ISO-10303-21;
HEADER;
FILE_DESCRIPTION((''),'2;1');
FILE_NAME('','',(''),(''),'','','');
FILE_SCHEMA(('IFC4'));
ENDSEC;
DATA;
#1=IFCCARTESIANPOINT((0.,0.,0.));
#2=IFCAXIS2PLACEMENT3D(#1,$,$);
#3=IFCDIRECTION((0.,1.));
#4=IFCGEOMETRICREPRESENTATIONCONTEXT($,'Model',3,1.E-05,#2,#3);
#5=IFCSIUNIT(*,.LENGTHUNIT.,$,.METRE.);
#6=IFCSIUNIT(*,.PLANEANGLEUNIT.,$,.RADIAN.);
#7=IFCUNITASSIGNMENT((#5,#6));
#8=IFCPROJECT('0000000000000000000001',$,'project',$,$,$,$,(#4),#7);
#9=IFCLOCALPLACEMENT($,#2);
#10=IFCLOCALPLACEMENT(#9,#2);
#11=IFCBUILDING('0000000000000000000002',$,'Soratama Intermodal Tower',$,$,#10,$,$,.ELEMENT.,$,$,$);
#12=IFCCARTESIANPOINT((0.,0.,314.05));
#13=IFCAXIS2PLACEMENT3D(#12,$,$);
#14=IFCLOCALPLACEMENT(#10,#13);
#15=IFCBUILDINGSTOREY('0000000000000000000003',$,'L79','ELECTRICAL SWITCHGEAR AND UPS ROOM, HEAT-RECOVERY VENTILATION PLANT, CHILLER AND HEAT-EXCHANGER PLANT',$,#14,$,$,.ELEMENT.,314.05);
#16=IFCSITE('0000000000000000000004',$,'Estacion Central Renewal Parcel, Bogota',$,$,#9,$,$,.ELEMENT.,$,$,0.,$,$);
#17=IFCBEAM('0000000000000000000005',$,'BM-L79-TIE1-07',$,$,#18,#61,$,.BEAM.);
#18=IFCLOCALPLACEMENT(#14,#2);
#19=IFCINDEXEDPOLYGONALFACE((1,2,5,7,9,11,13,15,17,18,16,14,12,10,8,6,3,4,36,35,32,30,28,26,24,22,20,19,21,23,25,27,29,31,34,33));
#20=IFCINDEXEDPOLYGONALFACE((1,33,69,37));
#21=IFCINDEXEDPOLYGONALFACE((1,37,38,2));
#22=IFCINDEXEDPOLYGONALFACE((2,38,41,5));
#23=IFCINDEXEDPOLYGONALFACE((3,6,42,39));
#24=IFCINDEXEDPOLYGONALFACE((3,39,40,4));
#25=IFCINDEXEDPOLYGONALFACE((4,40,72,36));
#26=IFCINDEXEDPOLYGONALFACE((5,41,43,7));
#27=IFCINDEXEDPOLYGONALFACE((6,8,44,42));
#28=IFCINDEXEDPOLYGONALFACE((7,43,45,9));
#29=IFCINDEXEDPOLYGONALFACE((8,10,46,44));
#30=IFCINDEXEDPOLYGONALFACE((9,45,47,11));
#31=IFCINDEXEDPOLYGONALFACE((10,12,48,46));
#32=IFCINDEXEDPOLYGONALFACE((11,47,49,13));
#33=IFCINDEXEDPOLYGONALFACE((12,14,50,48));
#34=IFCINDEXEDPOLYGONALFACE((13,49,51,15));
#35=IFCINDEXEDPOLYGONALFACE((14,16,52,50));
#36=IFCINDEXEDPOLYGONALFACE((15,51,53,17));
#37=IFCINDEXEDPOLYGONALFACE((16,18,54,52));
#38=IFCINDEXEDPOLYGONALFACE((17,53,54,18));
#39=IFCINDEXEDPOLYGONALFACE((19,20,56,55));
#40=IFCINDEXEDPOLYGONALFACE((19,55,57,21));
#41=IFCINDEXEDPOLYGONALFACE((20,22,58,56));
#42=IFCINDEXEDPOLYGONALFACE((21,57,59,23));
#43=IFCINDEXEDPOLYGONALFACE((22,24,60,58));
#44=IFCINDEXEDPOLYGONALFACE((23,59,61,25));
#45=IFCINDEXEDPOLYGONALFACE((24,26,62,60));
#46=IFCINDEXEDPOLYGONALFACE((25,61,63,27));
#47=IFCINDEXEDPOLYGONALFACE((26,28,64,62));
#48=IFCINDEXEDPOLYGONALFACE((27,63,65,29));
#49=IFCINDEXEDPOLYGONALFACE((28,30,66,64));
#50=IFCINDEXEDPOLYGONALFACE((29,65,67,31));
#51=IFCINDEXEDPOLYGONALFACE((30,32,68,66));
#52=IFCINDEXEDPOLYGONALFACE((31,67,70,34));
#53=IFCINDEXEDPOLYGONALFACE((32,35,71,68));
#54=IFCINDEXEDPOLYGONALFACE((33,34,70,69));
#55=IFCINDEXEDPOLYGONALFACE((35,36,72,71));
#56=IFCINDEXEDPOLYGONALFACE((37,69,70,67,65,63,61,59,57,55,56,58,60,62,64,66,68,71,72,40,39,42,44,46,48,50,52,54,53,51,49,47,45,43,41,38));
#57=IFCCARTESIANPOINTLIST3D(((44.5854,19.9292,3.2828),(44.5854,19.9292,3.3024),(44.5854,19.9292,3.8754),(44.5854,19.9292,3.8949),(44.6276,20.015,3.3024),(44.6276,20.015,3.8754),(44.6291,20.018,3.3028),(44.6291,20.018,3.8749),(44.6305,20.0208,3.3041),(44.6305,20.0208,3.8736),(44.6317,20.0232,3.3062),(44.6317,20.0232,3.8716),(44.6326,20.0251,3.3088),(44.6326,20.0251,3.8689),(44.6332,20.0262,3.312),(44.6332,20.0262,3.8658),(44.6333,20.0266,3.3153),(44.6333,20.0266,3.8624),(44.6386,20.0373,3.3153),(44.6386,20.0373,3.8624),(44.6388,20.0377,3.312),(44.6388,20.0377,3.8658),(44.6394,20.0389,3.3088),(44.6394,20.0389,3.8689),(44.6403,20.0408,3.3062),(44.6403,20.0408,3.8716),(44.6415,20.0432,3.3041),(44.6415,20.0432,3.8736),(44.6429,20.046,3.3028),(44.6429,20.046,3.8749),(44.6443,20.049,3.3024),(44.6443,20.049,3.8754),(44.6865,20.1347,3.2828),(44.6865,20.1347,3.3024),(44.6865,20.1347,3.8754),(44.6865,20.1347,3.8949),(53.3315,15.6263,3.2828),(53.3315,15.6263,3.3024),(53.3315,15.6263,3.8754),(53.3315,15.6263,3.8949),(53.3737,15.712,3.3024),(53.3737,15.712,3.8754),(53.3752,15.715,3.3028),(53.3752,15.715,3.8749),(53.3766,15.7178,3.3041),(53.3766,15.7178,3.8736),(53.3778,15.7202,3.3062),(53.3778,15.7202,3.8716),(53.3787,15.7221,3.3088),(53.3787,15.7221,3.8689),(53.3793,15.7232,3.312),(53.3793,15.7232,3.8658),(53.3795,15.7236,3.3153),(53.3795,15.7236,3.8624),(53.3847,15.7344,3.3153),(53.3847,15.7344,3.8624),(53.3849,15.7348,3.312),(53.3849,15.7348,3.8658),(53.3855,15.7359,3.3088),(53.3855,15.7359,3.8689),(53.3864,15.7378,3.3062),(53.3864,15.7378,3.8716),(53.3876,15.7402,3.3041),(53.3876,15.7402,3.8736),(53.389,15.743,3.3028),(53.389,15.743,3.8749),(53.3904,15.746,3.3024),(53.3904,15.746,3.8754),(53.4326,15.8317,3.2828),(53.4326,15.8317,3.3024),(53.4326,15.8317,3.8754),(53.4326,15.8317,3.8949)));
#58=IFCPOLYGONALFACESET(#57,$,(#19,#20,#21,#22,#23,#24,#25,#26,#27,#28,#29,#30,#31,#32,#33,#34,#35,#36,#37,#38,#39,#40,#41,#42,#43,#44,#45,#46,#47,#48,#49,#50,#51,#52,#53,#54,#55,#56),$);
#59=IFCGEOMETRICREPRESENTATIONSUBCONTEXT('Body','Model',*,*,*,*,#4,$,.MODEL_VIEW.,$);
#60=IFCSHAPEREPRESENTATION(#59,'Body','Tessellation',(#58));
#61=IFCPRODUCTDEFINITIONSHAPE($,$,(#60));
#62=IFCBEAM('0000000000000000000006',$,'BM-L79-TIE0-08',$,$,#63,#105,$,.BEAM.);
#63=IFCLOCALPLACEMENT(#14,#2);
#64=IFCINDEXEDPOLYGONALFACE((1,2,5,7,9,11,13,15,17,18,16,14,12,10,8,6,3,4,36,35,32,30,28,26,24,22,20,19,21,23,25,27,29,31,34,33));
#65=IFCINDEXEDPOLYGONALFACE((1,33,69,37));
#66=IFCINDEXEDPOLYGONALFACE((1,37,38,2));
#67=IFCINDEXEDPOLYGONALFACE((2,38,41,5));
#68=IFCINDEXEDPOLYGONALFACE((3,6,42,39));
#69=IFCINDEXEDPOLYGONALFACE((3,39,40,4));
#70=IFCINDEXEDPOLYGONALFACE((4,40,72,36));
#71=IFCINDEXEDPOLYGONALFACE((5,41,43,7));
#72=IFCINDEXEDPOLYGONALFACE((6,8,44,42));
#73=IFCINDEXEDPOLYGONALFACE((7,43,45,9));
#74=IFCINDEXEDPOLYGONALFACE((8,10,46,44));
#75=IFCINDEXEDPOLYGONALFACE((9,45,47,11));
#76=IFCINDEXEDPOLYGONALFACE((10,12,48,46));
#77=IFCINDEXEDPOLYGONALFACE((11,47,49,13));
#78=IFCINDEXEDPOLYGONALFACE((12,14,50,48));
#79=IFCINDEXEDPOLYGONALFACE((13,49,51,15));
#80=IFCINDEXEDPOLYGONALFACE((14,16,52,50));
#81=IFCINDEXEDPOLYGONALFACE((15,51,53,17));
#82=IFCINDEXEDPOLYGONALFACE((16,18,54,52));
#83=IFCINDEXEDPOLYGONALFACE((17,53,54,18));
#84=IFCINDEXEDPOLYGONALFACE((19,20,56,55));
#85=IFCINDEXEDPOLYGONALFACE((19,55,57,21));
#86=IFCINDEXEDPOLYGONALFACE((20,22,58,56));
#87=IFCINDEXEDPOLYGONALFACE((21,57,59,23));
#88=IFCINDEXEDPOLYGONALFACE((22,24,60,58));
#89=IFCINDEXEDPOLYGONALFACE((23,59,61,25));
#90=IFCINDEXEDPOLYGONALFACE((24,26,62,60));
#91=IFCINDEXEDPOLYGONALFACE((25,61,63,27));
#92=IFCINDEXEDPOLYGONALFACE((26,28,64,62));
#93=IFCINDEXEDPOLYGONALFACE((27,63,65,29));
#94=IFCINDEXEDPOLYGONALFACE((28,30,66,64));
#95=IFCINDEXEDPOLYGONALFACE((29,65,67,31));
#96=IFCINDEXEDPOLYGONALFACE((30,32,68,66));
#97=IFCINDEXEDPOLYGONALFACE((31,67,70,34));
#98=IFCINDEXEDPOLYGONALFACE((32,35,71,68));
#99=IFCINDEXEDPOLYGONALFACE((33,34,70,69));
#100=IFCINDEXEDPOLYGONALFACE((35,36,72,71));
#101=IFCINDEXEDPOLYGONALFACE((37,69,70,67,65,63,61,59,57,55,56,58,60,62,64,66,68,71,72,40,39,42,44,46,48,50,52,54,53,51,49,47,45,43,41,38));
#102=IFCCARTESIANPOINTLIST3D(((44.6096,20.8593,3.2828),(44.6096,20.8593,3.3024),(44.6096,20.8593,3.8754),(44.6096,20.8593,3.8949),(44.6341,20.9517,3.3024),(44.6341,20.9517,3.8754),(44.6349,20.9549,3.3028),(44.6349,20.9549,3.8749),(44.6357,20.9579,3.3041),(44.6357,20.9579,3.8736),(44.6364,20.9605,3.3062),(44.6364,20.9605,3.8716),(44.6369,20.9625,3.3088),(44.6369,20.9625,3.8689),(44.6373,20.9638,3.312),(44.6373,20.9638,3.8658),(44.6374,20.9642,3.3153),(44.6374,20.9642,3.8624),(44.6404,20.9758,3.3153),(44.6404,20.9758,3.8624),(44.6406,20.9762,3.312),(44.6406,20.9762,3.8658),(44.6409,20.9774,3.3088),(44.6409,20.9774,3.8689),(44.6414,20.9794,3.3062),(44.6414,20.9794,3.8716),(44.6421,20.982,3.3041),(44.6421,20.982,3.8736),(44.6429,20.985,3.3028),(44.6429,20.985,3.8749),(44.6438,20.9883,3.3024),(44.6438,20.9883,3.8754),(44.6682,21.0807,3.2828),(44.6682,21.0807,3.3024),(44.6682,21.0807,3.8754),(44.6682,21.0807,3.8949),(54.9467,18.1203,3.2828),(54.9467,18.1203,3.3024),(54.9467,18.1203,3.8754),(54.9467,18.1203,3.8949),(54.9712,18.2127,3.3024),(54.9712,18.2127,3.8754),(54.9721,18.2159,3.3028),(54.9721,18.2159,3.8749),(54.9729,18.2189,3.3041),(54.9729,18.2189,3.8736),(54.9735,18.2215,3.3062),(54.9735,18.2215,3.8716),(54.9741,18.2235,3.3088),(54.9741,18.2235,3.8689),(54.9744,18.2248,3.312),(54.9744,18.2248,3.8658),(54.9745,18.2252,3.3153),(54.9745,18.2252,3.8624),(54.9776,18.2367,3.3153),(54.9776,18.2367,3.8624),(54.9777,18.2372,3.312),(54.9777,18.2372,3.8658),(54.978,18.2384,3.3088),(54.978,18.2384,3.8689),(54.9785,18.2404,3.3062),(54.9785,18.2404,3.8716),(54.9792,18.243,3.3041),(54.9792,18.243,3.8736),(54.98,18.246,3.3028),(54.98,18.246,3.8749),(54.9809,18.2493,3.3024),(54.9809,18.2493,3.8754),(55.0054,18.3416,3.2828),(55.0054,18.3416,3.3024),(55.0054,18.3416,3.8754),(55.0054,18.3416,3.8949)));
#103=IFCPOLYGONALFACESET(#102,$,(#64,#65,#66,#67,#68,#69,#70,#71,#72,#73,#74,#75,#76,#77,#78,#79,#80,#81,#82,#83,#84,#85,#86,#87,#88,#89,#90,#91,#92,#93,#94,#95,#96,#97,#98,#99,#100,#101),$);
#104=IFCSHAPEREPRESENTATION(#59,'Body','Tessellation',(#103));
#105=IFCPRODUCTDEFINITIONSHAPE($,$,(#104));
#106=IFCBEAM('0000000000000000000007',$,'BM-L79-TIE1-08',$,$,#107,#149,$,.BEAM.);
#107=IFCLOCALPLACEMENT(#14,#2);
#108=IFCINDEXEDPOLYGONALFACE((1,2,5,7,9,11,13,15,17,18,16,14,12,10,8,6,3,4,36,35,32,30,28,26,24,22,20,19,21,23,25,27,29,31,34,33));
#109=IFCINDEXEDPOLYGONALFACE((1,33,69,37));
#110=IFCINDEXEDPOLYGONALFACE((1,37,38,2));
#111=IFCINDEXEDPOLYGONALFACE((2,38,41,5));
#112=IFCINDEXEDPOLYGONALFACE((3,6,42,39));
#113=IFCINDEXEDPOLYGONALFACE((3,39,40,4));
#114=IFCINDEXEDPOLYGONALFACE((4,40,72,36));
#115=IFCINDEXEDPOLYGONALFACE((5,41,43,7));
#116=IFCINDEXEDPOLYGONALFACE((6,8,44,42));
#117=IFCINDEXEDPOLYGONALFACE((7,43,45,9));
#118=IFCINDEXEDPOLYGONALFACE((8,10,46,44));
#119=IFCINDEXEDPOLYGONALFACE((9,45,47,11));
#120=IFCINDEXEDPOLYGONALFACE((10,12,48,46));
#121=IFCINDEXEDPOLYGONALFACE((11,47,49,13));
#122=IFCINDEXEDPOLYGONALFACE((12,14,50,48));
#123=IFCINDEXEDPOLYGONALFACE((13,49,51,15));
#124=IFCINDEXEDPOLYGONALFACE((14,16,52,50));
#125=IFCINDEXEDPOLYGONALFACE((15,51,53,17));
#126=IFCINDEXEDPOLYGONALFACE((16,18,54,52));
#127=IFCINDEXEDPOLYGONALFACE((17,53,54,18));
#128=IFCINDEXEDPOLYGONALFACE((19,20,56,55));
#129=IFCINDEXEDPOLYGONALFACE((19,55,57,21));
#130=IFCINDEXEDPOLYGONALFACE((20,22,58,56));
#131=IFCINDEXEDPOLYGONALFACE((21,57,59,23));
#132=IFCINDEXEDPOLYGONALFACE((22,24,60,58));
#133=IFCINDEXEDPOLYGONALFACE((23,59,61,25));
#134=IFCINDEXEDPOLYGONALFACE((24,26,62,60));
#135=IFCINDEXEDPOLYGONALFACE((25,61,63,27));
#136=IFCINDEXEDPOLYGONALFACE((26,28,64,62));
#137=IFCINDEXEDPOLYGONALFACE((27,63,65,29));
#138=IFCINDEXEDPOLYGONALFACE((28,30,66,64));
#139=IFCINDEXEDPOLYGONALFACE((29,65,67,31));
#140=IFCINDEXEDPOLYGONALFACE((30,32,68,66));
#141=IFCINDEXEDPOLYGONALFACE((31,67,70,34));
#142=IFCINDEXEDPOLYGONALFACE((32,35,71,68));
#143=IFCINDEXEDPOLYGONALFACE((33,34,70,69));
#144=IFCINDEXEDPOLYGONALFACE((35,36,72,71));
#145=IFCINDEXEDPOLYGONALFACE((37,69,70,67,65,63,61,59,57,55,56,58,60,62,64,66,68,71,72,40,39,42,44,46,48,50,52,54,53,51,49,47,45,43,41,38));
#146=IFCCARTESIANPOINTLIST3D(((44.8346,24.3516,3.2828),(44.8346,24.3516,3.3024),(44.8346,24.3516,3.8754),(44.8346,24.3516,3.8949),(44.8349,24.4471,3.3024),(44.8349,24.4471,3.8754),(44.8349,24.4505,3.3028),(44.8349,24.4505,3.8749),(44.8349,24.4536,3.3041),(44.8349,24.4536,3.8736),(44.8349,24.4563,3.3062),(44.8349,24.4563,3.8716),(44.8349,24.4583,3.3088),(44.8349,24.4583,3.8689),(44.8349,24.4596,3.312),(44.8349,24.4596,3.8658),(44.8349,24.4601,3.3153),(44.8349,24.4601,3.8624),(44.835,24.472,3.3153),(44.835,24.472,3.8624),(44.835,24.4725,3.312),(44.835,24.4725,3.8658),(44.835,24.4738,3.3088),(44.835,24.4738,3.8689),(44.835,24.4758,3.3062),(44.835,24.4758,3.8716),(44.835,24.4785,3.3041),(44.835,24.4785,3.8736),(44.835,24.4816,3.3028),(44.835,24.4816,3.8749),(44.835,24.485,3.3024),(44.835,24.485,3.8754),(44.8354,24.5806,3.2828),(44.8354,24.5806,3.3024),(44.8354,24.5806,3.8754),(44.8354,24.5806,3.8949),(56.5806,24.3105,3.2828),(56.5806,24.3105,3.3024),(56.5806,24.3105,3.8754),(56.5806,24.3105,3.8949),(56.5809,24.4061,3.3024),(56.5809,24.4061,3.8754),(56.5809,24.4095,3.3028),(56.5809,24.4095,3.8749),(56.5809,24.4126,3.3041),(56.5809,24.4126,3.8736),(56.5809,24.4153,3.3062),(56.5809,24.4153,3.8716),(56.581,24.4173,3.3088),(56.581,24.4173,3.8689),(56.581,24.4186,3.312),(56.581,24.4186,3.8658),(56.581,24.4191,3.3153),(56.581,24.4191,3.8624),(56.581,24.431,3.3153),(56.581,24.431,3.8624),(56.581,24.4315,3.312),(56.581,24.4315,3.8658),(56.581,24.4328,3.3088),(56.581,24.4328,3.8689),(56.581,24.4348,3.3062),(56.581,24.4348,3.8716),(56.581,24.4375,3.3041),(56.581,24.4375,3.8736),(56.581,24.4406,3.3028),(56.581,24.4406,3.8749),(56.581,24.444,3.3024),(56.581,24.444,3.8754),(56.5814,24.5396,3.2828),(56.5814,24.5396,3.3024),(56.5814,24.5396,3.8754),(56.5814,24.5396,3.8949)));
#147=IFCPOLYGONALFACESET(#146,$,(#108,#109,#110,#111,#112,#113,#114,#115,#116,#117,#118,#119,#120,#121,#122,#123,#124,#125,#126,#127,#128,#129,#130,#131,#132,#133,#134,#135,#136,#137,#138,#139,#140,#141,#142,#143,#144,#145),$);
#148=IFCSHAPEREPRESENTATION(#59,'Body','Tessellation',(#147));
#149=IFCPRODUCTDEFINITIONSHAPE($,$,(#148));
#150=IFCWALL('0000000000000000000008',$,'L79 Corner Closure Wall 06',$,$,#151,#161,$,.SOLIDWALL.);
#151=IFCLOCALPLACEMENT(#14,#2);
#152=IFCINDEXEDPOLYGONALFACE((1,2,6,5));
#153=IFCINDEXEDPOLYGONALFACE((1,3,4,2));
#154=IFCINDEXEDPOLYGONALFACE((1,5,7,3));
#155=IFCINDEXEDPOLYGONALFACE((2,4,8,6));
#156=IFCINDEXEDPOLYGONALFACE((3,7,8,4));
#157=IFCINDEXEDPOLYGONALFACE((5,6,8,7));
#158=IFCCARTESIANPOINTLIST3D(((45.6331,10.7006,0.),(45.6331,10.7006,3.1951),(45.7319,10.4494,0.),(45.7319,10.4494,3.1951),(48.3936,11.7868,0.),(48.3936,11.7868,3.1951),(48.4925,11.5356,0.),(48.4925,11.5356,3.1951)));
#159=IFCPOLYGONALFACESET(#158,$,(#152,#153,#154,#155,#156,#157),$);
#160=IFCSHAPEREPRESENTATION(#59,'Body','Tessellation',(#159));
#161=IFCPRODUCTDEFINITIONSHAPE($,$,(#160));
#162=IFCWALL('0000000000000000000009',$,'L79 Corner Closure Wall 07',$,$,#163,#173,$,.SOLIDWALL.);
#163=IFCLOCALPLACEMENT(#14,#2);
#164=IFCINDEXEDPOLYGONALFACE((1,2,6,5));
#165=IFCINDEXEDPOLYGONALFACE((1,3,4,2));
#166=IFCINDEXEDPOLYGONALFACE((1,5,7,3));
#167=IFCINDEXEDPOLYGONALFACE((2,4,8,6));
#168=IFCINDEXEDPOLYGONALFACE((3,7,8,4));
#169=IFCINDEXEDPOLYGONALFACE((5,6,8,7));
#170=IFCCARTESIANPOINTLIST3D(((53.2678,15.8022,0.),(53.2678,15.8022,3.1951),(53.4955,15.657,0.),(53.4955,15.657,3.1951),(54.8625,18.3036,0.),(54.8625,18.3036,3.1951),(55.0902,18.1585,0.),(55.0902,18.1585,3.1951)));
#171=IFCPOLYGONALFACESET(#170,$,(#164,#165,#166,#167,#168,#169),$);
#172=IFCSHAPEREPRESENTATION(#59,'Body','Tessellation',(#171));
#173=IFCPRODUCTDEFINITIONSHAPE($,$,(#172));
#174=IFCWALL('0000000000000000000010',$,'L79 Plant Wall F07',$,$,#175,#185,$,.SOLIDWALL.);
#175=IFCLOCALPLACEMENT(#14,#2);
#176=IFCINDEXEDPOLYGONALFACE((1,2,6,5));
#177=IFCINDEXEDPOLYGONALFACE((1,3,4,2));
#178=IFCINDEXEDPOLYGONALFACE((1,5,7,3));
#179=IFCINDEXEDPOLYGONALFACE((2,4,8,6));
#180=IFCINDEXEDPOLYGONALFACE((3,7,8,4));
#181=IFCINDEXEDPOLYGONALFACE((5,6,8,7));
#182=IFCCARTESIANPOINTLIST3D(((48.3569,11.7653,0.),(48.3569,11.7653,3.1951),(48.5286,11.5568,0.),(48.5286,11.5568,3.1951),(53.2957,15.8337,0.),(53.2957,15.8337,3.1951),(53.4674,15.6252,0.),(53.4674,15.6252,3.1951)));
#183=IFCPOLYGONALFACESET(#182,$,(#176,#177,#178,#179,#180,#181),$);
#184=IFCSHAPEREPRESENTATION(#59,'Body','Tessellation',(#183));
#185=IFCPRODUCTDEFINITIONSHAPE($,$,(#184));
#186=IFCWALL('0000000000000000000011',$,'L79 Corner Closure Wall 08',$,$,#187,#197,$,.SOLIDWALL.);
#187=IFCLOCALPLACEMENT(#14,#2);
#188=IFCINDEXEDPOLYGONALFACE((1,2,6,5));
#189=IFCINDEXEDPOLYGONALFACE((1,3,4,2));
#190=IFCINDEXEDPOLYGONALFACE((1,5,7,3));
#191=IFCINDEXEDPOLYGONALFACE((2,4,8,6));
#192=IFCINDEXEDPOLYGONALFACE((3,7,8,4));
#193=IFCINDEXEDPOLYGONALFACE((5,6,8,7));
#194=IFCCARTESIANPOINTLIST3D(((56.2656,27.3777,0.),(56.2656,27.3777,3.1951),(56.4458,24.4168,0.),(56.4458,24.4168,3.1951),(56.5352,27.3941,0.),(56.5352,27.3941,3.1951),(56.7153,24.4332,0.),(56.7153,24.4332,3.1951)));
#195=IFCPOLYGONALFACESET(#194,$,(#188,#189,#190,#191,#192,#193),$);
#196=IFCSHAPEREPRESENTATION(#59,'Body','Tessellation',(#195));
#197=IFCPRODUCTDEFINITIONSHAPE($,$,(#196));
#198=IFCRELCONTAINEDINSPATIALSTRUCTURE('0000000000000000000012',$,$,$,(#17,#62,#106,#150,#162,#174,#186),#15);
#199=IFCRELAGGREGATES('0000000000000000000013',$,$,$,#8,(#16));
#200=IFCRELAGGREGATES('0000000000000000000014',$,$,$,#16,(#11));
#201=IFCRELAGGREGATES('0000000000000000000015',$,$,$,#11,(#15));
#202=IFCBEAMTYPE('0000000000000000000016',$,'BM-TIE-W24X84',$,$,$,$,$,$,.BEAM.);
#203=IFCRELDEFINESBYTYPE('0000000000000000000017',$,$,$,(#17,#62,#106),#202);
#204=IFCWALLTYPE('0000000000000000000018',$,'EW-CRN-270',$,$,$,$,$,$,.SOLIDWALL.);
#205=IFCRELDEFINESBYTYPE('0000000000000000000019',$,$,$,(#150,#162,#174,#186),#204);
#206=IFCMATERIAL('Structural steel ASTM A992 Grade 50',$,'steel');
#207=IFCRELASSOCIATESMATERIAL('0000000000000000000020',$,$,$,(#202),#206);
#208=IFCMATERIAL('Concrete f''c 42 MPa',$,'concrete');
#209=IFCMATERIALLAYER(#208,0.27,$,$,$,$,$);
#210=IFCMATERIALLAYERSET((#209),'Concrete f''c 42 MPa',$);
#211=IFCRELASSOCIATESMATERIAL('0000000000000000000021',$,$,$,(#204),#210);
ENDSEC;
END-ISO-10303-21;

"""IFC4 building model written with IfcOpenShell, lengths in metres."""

from ifc_helpers import new_model, si_unit, direction, frame, frame_2d, origin, origin_2d, place, context, subcontext, project, spatial, rectangle, i_section, extrude, material, layer, layer_set, material_profile, profile_set, type_object, element, save


model = new_model("IFC4")

# Units and contexts
model_context = context("Model", 3, precision=1e-05, world=origin(), true_north=direction((0.0, 1.0)))
body_context = subcontext(model_context, "Body", "Model", "MODEL_VIEW")
ifc_project = project(units=[si_unit("LENGTHUNIT", "METRE"), si_unit("PLANEANGLEUNIT", "RADIAN")], contexts=[model_context])

# Site, building, storey
site_placement = place(None, origin())
site = spatial("IfcSite", under=ifc_project, at=site_placement, Name="Estacion Central Renewal Parcel, Bogota", CompositionType="ELEMENT", RefElevation=0.0)
building_placement = place(site_placement, origin())
building = spatial("IfcBuilding", under=site, at=building_placement, Name="Soratama Intermodal Tower", CompositionType="ELEMENT")
storey_placement = place(building_placement, frame((0.0, 0.0, 314.05)))
storey = spatial("IfcBuildingStorey", under=building, at=storey_placement, Name="L79", Description="ELECTRICAL SWITCHGEAR AND UPS ROOM, HEAT-RECOVERY VENTILATION PLANT, CHILLER AND HEAT-EXCHANGER PLANT", CompositionType="ELEMENT", Elevation=314.05)

# Beams
ifc_material_1 = material(Name="Structural steel ASTM A992 Grade 50", Category="steel")
ifc_material_profile_1 = material_profile(ifc_material_1, i_section(OverallWidth=0.229, OverallDepth=0.6121, WebThickness=0.012, FlangeThickness=0.0195, FilletRadius=0.0129, at=origin_2d()), Name="W24X84")
ifc_profile_set_1 = profile_set([ifc_material_profile_1], Name="Structural steel ASTM A992 Grade 50")
beam_type_1 = type_object("IfcBeamType", Name="BM-TIE-W24X84", PredefinedType="BEAM", material=ifc_profile_set_1)
beam_1_placement = place(storey_placement, frame((44.636, 20.032, 3.5889), z_axis=(0.897284, -0.441454, 0.0), x_axis=(0.441454, 0.897284, 0.0)))
element("IfcBeam", 1, at=beam_1_placement, inside=storey, type_object=beam_type_1, Name="BM-L79-TIE1-07", PredefinedType="BEAM", context=body_context, shape_type="SweptSolid", body=[
    extrude(i_section(OverallWidth=0.229, OverallDepth=0.6121, WebThickness=0.012, FlangeThickness=0.0195, FilletRadius=0.0129, at=origin_2d()), origin(), (0.0, 0.0, 1.0), 9.7473),
])
beam_2_placement = place(storey_placement, frame((44.6389, 20.97, 3.5889), z_axis=(0.966643, -0.256129, 0.0), x_axis=(0.256129, 0.966643, 0.0)))
element("IfcBeam", 2, at=beam_2_placement, inside=storey, type_object=beam_type_1, Name="BM-L79-TIE0-08", PredefinedType="BEAM", context=body_context, shape_type="SweptSolid", body=[
    extrude(i_section(OverallWidth=0.229, OverallDepth=0.6121, WebThickness=0.012, FlangeThickness=0.0195, FilletRadius=0.0129, at=origin_2d()), origin(), (0.0, 0.0, 1.0), 10.6938),
])
beam_3_placement = place(storey_placement, frame((44.835, 24.4661, 3.5889), z_axis=(0.999994, -0.003492, 0.0), x_axis=(0.003492, 0.999994, 0.0)))
element("IfcBeam", 3, at=beam_3_placement, inside=storey, type_object=beam_type_1, Name="BM-L79-TIE1-08", PredefinedType="BEAM", context=body_context, shape_type="SweptSolid", body=[
    extrude(i_section(OverallWidth=0.229, OverallDepth=0.6121, WebThickness=0.012, FlangeThickness=0.0195, FilletRadius=0.0129, at=origin_2d()), origin(), (0.0, 0.0, 1.0), 11.7461),
])

# Walls
ifc_material_2 = material(Name="Concrete f'c 42 MPa", Category="concrete")
ifc_layer_1 = layer(ifc_material_2, 0.27)
ifc_layer_set_1 = layer_set([ifc_layer_1], Name="Concrete f'c 42 MPa")
wall_type_1 = type_object("IfcWallType", Name="EW-CRN-270", PredefinedType="SOLIDWALL", material=ifc_layer_set_1)
for number, where, z_axis, x_axis, name in (
    (4, (45.6824, 10.575, 0.0), (0.0, 0.0, 1.0), (0.930556, 0.366149, 0.0), "L79 Corner Closure Wall 06"),
    (5, (53.3816, 15.7295, 0.0), (0.0, 0.0, 1.0), (0.537568, 0.843221, 0.0), "L79 Corner Closure Wall 07"),
):
    element("IfcWall", number, at=place(storey_placement, frame(where, z_axis=z_axis, x_axis=x_axis)), inside=storey, type_object=wall_type_1, Name=name, PredefinedType="SOLIDWALL", context=body_context, shape_type="SweptSolid", body=[
        extrude(rectangle(XDim=2.9666, YDim=0.27, at=frame_2d((1.4834, 0.0))), origin(), (0.0, 0.0, 1.0), 3.1951),
    ])
wall_1_placement = place(storey_placement, frame((48.4429, 11.6611, 0.0), z_axis=(0.0, 0.0, 1.0), x_axis=(0.77184, 0.635817, 0.0)))
element("IfcWall", 6, at=wall_1_placement, inside=storey, type_object=wall_type_1, Name="L79 Plant Wall F07", PredefinedType="SOLIDWALL", context=body_context, shape_type="SweptSolid", body=[
    extrude(rectangle(XDim=6.3987, YDim=0.27, at=frame_2d((3.1992, 0.0))), origin(), (0.0, 0.0, 1.0), 3.1951),
])
wall_2_placement = place(storey_placement, frame((56.5806, 24.425, 0.0), z_axis=(0.0, 0.0, 1.0), x_axis=(-0.060739, 0.998154, 0.0)))
element("IfcWall", 7, at=wall_2_placement, inside=storey, type_object=wall_type_1, Name="L79 Corner Closure Wall 08", PredefinedType="SOLIDWALL", context=body_context, shape_type="SweptSolid", body=[
    extrude(rectangle(XDim=2.9663, YDim=0.27, at=frame_2d((1.4832, 0.0))), origin(), (0.0, 0.0, 1.0), 3.1951),
])

save(model, "model.ifc")
